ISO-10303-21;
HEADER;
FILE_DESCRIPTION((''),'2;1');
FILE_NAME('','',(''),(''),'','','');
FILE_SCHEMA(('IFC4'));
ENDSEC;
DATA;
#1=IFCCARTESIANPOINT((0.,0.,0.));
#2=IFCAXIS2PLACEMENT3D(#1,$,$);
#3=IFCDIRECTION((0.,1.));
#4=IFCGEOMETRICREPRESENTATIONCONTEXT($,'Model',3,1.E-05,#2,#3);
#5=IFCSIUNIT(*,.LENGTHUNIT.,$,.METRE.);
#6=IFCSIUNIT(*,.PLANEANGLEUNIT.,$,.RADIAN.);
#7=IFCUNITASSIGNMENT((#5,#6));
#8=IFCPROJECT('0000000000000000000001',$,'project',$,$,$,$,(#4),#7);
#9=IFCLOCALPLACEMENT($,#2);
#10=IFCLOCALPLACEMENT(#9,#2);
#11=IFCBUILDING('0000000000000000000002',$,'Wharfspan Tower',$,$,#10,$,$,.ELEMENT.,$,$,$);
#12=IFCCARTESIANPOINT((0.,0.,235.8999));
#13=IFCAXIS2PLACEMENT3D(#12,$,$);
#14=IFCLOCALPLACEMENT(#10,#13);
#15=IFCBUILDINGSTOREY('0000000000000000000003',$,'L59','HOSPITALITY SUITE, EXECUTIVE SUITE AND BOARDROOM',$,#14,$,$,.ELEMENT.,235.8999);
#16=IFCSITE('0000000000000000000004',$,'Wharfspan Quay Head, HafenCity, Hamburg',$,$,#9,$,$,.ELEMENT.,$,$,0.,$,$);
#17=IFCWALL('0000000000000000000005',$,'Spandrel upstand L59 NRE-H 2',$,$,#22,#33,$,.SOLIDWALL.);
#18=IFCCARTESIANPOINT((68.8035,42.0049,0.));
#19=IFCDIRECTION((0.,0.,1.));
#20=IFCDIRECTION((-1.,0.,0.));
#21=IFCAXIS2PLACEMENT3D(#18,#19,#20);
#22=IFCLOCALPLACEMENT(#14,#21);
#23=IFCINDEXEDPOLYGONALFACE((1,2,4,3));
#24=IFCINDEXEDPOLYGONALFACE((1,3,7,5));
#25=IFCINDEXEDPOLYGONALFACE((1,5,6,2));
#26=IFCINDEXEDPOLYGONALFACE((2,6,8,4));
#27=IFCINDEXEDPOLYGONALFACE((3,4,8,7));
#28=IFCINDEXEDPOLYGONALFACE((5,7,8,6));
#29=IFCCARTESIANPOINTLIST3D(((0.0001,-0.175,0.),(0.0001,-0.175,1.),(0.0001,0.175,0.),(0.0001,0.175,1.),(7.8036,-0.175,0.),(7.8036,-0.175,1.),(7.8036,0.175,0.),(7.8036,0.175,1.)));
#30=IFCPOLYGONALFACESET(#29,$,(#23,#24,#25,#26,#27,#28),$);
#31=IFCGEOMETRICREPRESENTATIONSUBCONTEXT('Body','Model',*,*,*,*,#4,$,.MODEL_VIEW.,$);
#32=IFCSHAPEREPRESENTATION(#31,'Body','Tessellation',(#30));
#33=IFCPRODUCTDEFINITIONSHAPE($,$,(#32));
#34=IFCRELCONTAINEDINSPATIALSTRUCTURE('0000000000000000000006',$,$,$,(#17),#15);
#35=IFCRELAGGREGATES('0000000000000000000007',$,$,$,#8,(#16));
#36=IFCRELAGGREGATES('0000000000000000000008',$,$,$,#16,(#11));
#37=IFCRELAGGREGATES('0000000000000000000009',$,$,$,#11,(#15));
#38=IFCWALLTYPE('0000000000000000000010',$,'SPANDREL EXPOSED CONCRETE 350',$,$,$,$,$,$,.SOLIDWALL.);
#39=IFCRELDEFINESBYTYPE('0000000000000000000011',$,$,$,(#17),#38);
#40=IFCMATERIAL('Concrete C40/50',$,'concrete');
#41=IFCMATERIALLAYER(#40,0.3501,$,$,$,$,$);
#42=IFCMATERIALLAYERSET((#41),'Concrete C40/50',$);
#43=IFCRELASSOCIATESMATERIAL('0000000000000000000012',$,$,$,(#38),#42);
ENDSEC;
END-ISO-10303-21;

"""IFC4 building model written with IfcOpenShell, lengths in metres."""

from ifc_helpers import new_model, si_unit, direction, frame, frame_2d, origin, place, context, subcontext, project, spatial, rectangle, extrude, material, layer, layer_set, type_object, element, save


model = new_model("IFC4")

# Units and contexts
model_context = context("Model", 3, precision=1e-05, world=origin(), true_north=direction((0.0, 1.0)))
body_context = subcontext(model_context, "Body", "Model", "MODEL_VIEW")
ifc_project = project(units=[si_unit("LENGTHUNIT", "METRE"), si_unit("PLANEANGLEUNIT", "RADIAN")], contexts=[model_context])

# Site, building, storey
site_placement = place(None, origin())
site = spatial("IfcSite", under=ifc_project, at=site_placement, Name="Wharfspan Quay Head, HafenCity, Hamburg", CompositionType="ELEMENT", RefElevation=0.0)
building_placement = place(site_placement, origin())
building = spatial("IfcBuilding", under=site, at=building_placement, Name="Wharfspan Tower", CompositionType="ELEMENT")
storey_placement = place(building_placement, frame((0.0, 0.0, 235.8999)))
storey = spatial("IfcBuildingStorey", under=building, at=storey_placement, Name="L59", Description="HOSPITALITY SUITE, EXECUTIVE SUITE AND BOARDROOM", CompositionType="ELEMENT", Elevation=235.8999)

# Wall
ifc_material_1 = material(Name="Concrete C40/50", Category="concrete")
ifc_layer_1 = layer(ifc_material_1, 0.3501)
ifc_layer_set_1 = layer_set([ifc_layer_1], Name="Concrete C40/50")
wall_type_1 = type_object("IfcWallType", Name="SPANDREL EXPOSED CONCRETE 350", PredefinedType="SOLIDWALL", material=ifc_layer_set_1)
wall_1_placement = place(storey_placement, frame((68.8035, 42.0049, 0.0), z_axis=(0.0, 0.0, 1.0), x_axis=(-1.0, 0.0, 0.0)))
element("IfcWall", 1, at=wall_1_placement, inside=storey, type_object=wall_type_1, Name="Spandrel upstand L59 NRE-H 2", PredefinedType="SOLIDWALL", context=body_context, shape_type="SweptSolid", body=[
    extrude(rectangle(XDim=7.8035, YDim=0.3501, at=frame_2d((3.9019, 0.0))), origin(), (0.0, 0.0, 1.0), 1.0),
])

save(model, "model.ifc")
